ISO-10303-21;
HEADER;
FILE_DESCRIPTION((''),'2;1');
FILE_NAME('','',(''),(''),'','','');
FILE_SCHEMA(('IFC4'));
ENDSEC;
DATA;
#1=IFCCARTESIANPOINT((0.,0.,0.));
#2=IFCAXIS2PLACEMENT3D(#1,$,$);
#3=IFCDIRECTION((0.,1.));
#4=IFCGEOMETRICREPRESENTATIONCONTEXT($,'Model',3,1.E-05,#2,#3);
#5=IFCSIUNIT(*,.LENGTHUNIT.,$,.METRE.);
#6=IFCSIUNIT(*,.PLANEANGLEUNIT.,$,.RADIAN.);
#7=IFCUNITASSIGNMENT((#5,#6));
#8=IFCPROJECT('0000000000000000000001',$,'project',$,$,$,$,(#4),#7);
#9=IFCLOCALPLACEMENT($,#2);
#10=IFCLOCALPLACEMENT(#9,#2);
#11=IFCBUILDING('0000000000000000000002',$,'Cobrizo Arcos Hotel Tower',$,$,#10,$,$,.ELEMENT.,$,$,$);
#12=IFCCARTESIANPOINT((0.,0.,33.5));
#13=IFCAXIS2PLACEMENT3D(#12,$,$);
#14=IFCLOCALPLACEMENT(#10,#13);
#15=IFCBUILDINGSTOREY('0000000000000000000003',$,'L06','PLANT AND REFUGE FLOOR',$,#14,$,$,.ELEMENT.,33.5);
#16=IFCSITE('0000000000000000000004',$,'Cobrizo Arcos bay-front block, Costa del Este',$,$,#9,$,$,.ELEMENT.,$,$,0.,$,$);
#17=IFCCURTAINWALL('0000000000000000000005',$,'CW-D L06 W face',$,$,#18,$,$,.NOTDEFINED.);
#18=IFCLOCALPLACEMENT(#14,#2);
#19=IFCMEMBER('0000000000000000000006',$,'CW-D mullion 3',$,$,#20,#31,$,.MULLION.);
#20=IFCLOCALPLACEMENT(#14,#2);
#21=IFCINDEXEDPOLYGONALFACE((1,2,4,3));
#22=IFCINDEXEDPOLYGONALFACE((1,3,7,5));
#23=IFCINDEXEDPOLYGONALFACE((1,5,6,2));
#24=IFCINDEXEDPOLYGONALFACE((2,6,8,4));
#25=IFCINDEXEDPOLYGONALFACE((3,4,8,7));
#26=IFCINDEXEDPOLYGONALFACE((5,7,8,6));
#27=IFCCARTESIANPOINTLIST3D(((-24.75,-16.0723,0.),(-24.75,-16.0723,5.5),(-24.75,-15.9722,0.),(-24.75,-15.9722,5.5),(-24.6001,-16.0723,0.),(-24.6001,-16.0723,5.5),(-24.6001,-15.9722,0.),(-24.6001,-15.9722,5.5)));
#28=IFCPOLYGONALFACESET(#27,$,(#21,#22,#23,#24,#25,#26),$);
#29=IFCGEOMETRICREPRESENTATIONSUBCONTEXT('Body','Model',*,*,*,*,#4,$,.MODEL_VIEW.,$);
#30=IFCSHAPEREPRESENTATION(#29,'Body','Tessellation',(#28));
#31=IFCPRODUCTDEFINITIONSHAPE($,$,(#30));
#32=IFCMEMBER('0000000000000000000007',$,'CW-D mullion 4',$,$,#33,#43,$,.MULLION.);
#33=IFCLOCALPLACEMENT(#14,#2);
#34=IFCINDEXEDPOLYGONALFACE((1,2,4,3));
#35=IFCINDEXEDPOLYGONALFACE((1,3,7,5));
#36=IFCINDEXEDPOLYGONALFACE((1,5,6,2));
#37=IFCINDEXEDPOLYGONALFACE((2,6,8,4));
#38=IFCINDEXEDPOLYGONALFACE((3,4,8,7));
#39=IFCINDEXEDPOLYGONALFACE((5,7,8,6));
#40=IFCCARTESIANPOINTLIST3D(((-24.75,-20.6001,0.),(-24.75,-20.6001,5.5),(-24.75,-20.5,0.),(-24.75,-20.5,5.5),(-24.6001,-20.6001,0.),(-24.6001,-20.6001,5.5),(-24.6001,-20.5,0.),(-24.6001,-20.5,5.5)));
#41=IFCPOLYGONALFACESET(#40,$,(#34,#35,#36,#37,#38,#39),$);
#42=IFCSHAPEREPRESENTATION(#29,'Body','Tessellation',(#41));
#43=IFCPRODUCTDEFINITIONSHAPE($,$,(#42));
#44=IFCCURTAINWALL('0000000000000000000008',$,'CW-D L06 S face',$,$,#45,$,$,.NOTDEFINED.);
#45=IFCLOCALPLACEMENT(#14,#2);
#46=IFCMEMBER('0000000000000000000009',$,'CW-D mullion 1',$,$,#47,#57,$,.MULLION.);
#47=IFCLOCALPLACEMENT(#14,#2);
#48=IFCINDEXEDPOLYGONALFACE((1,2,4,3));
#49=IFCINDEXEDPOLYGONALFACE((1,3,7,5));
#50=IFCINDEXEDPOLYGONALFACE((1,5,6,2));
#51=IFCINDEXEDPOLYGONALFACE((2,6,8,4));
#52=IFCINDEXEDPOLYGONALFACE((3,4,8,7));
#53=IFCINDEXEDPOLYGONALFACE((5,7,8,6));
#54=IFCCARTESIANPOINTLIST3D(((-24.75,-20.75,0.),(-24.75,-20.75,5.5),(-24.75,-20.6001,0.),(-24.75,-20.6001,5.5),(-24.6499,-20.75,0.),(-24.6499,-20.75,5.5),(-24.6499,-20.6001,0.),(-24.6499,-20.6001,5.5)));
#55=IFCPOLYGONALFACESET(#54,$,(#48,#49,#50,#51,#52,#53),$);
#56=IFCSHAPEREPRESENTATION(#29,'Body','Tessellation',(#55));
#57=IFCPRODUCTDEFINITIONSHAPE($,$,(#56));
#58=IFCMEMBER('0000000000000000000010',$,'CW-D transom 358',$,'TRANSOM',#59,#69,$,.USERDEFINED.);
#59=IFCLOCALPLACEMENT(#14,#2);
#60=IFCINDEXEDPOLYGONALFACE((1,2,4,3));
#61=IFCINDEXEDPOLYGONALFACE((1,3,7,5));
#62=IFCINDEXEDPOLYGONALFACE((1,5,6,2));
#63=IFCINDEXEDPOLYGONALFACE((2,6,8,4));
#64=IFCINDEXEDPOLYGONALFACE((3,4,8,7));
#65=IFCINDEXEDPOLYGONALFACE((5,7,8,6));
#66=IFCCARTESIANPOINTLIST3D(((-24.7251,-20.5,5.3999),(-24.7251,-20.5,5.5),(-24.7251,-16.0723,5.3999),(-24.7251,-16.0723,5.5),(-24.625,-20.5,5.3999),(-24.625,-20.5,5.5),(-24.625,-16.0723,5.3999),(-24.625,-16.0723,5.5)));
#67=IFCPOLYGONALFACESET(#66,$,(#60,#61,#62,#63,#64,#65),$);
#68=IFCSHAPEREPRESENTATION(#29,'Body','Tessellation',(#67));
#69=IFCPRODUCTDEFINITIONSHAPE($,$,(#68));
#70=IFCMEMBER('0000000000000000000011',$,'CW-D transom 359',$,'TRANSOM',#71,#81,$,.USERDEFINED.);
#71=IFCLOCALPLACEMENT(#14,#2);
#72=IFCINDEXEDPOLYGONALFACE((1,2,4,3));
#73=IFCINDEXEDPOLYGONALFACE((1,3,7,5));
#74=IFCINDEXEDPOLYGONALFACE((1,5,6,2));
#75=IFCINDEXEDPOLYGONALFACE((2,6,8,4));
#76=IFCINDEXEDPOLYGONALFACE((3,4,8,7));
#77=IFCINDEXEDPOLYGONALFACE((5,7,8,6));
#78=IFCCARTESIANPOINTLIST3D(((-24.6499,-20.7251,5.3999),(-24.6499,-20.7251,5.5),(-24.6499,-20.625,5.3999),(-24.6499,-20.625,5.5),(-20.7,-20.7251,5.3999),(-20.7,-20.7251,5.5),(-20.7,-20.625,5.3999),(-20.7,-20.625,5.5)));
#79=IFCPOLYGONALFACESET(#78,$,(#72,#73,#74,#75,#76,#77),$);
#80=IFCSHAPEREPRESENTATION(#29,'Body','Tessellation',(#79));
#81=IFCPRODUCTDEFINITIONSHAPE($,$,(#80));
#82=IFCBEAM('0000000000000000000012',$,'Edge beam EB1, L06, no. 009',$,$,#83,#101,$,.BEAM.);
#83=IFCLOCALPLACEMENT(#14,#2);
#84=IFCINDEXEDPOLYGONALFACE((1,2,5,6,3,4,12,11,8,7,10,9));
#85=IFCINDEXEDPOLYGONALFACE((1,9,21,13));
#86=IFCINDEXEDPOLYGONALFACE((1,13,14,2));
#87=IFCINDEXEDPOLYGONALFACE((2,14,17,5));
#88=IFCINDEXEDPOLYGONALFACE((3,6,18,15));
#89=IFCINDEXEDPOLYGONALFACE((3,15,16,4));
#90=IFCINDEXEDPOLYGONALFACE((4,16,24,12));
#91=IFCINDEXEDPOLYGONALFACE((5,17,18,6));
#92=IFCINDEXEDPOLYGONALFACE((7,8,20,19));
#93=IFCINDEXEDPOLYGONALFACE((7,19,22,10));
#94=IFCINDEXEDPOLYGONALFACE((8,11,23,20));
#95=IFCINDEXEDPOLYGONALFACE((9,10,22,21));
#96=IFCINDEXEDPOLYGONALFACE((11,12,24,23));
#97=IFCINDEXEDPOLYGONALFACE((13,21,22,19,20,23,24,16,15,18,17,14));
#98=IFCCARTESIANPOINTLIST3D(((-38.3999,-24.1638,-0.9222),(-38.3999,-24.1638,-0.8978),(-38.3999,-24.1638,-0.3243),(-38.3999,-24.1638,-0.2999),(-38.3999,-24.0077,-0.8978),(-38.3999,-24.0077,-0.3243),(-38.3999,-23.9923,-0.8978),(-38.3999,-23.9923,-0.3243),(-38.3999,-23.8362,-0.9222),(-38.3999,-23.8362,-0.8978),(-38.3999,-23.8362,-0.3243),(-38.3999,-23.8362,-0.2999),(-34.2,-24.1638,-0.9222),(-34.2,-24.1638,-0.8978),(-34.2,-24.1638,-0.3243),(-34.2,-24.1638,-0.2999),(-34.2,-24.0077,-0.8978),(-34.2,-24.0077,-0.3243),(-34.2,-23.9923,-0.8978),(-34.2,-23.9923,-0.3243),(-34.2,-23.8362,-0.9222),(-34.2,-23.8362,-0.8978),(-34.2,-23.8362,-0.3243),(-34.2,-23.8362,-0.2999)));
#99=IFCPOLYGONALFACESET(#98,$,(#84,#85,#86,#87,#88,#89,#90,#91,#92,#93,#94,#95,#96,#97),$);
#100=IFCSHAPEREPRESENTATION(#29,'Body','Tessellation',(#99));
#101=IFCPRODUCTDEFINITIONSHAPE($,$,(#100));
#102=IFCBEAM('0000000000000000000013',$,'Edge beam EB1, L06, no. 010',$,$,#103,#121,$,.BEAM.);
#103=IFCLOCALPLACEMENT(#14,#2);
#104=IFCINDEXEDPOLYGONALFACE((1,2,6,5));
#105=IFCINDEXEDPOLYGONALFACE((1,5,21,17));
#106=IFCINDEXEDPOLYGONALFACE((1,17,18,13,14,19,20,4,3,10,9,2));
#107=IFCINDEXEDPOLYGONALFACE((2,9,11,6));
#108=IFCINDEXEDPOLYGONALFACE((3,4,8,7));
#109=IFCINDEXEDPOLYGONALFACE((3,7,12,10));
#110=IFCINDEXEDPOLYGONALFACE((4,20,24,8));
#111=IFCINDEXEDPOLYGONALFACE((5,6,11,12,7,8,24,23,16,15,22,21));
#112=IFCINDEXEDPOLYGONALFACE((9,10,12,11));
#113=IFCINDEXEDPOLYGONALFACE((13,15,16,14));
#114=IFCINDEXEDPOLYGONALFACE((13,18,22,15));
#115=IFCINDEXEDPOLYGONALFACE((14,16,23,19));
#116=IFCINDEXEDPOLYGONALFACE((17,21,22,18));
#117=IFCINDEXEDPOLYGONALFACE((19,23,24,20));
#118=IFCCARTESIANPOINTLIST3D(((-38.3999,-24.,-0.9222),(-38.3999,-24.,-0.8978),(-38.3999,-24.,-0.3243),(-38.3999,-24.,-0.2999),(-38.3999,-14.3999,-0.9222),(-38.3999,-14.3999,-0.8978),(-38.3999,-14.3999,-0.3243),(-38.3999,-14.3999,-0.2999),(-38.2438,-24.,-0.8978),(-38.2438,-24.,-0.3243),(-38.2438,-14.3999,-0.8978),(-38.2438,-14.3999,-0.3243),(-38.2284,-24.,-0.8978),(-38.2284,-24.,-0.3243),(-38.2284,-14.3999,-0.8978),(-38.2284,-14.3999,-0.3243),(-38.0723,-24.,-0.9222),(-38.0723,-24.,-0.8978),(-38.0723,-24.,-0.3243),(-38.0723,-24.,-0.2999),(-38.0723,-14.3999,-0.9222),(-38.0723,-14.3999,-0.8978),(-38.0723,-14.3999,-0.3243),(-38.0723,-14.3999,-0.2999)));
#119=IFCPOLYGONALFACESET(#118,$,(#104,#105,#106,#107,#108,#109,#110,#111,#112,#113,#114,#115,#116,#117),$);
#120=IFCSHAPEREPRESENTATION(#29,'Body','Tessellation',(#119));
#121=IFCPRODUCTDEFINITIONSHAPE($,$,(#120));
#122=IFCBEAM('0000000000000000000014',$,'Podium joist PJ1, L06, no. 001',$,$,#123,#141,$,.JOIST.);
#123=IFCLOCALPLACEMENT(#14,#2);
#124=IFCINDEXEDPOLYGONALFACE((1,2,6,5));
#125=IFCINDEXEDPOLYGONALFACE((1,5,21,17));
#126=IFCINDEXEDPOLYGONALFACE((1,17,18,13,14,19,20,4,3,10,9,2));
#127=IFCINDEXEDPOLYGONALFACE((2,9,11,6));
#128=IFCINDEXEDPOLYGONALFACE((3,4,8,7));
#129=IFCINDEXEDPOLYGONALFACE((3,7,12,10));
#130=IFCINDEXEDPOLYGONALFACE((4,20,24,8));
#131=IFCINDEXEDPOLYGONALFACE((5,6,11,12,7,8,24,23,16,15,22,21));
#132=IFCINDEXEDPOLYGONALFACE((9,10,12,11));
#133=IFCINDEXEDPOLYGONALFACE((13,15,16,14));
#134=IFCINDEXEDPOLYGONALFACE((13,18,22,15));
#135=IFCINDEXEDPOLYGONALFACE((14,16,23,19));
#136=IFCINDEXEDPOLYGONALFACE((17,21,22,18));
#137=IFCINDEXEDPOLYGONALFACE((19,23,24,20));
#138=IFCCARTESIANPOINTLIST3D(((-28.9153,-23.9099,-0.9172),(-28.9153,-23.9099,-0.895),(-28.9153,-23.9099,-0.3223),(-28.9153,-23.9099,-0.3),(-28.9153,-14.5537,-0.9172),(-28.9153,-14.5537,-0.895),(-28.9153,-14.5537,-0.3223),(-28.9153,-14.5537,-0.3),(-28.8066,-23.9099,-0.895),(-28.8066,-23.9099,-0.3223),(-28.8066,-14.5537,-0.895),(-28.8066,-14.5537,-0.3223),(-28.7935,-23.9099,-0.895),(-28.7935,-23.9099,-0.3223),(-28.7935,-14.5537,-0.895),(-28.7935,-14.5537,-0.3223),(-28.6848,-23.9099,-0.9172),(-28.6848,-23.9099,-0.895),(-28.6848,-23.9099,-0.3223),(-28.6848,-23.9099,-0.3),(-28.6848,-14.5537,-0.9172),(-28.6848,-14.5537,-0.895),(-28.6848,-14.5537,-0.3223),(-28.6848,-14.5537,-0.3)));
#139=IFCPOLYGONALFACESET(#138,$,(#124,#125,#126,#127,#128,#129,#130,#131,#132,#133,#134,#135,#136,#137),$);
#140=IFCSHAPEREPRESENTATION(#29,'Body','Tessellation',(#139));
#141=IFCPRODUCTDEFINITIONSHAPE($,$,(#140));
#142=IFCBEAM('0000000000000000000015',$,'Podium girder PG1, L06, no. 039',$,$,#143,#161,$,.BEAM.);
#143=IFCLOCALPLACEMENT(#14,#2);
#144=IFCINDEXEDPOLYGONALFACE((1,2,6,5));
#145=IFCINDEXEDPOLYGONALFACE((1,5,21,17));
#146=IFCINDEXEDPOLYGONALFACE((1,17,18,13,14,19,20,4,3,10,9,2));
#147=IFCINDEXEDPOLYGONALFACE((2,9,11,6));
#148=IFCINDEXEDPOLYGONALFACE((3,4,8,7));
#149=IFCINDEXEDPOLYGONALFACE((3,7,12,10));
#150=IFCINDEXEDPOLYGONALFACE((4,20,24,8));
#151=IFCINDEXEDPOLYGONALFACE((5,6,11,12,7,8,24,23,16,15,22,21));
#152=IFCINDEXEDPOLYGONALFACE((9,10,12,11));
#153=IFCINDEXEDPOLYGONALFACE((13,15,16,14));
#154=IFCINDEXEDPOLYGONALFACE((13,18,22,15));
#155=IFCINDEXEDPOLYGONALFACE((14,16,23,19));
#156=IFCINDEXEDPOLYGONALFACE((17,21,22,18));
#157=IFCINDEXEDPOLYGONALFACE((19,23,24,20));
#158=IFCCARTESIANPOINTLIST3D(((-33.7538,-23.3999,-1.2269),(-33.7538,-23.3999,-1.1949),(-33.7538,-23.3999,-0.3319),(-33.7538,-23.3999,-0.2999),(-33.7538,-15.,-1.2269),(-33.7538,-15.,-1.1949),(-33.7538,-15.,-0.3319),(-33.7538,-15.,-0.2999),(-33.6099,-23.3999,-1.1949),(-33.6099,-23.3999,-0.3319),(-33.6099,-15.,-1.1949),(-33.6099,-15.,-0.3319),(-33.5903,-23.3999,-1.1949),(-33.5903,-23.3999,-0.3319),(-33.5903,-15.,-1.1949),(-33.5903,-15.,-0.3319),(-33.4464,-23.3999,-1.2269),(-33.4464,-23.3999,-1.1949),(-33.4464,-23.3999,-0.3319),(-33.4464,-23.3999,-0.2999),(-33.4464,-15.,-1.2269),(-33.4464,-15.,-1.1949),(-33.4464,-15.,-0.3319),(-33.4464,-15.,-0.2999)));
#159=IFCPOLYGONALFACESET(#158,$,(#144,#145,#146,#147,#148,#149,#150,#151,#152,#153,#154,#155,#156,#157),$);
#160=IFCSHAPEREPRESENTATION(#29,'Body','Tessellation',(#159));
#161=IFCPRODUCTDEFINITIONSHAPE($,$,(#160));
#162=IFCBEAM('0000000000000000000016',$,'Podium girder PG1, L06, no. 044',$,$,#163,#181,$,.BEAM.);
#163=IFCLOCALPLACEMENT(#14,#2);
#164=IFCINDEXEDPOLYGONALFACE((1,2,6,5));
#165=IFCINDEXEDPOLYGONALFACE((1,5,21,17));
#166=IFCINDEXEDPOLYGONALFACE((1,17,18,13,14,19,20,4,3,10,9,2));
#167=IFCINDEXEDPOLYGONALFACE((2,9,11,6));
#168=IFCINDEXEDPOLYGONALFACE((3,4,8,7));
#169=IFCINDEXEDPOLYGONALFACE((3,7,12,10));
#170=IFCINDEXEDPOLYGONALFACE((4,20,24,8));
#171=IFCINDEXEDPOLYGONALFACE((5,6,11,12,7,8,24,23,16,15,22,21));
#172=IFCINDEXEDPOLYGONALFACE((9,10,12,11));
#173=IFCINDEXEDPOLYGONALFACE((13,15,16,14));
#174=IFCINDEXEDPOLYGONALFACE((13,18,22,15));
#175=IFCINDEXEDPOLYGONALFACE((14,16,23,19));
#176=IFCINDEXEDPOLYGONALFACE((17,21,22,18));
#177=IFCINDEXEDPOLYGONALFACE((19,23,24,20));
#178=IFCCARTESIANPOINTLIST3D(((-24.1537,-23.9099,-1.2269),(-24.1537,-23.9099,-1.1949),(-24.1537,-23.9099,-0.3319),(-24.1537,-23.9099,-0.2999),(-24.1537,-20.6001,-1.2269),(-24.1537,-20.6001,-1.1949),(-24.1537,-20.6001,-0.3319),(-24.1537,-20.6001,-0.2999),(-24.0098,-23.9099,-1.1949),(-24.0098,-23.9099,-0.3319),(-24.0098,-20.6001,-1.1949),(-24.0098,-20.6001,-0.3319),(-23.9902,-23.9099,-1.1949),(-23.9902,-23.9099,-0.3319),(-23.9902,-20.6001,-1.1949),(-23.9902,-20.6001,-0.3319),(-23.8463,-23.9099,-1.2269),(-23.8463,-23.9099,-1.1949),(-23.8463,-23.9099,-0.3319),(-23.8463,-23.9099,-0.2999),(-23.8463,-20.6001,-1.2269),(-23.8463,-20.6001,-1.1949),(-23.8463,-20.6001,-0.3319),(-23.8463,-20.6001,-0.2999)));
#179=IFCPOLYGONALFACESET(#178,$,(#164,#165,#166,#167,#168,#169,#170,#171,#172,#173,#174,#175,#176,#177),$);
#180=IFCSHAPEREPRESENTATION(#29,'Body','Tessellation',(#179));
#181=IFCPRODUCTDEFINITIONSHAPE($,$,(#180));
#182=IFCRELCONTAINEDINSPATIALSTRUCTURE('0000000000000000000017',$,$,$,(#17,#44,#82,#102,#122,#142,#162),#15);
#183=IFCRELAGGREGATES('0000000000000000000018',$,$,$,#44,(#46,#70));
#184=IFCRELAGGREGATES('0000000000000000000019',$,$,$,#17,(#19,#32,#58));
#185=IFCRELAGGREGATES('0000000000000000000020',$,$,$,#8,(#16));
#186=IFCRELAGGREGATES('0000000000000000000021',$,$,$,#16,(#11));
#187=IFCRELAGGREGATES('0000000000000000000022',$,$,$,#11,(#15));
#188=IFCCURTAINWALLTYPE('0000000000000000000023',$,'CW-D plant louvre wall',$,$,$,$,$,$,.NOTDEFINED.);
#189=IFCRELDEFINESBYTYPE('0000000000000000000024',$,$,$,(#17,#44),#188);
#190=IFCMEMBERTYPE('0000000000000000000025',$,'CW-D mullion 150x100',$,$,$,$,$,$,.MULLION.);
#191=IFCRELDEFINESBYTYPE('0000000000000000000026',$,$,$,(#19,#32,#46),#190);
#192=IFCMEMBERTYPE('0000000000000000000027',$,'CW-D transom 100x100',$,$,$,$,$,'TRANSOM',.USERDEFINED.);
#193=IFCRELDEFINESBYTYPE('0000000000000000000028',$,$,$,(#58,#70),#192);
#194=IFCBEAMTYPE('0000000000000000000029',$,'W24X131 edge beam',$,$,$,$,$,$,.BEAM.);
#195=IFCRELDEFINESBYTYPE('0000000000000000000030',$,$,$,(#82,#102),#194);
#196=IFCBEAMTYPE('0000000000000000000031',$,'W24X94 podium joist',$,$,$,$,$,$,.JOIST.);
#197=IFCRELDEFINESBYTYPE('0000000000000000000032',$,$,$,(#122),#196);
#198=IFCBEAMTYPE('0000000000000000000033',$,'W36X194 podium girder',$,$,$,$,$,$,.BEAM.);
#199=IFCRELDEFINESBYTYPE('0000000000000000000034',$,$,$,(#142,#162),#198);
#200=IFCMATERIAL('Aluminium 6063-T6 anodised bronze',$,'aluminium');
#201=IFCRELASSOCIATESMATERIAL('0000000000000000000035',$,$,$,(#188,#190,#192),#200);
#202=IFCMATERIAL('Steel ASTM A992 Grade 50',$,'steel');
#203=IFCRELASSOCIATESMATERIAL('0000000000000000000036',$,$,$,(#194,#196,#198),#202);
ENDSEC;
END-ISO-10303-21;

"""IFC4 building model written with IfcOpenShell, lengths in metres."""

from ifc_helpers import new_model, si_unit, direction, frame, origin, origin_2d, place, context, subcontext, project, spatial, rectangle, i_section, extrude, material, material_profile, profile_set, type_object, element, aggregate, save


model = new_model("IFC4")

# Units and contexts
model_context = context("Model", 3, precision=1e-05, world=origin(), true_north=direction((0.0, 1.0)))
body_context = subcontext(model_context, "Body", "Model", "MODEL_VIEW")
ifc_project = project(units=[si_unit("LENGTHUNIT", "METRE"), si_unit("PLANEANGLEUNIT", "RADIAN")], contexts=[model_context])

# Site, building, storey
site_placement = place(None, origin())
site = spatial("IfcSite", under=ifc_project, at=site_placement, Name="Cobrizo Arcos bay-front block, Costa del Este", CompositionType="ELEMENT", RefElevation=0.0)
building_placement = place(site_placement, origin())
building = spatial("IfcBuilding", under=site, at=building_placement, Name="Cobrizo Arcos Hotel Tower", CompositionType="ELEMENT")
storey_placement = place(building_placement, frame((0.0, 0.0, 33.5)))
storey = spatial("IfcBuildingStorey", under=building, at=storey_placement, Name="L06", Description="PLANT AND REFUGE FLOOR", CompositionType="ELEMENT", Elevation=33.5)

# Curtain wall, members
ifc_material_1 = material(Name="Aluminium 6063-T6 anodised bronze", Category="aluminium")
curtain_wall_type = type_object("IfcCurtainWallType", Name="CW-D plant louvre wall", PredefinedType="NOTDEFINED", material=ifc_material_1)
curtain_wall_1_placement = place(storey_placement, origin())
curtain_wall_1 = element("IfcCurtainWall", 1, at=curtain_wall_1_placement, inside=storey, type_object=curtain_wall_type, Name="CW-D L06 W face", PredefinedType="NOTDEFINED")
ifc_material_profile_1 = material_profile(ifc_material_1, rectangle(XDim=0.1499, YDim=0.1001, at=origin_2d()), Name="CW-D mullion 150x100")
ifc_profile_set_1 = profile_set([ifc_material_profile_1], Name="Aluminium 6063-T6 anodised bronze")
member_type_1 = type_object("IfcMemberType", Name="CW-D mullion 150x100", PredefinedType="MULLION", material=ifc_profile_set_1)
member_1_placement = place(storey_placement, frame((-24.675, -16.0222, 0.0), z_axis=(0.0, 0.0, 1.0), x_axis=(-1.0, 0.0, 0.0)))
member_1 = element("IfcMember", 2, at=member_1_placement, type_object=member_type_1, Name="CW-D mullion 3", PredefinedType="MULLION", context=body_context, shape_type="SweptSolid", body=[
    extrude(rectangle(XDim=0.1499, YDim=0.1001, at=origin_2d()), origin(), (0.0, 0.0, 1.0), 5.5),
])
member_2_placement = place(storey_placement, frame((-24.675, -20.55, 0.0), z_axis=(0.0, 0.0, 1.0), x_axis=(-1.0, 0.0, 0.0)))
member_2 = element("IfcMember", 3, at=member_2_placement, type_object=member_type_1, Name="CW-D mullion 4", PredefinedType="MULLION", context=body_context, shape_type="SweptSolid", body=[
    extrude(rectangle(XDim=0.1499, YDim=0.1001, at=origin_2d()), origin(), (0.0, 0.0, 1.0), 5.5),
])

# Curtain wall, member
curtain_wall_2_placement = place(storey_placement, origin())
curtain_wall_2 = element("IfcCurtainWall", 4, at=curtain_wall_2_placement, inside=storey, type_object=curtain_wall_type, Name="CW-D L06 S face", PredefinedType="NOTDEFINED")
member_3_placement = place(storey_placement, frame((-24.7, -20.675, 0.0), z_axis=(0.0, 0.0, 1.0), x_axis=(0.0, -1.0, 0.0)))
member_3 = element("IfcMember", 5, at=member_3_placement, type_object=member_type_1, Name="CW-D mullion 1", PredefinedType="MULLION", context=body_context, shape_type="SweptSolid", body=[
    extrude(rectangle(XDim=0.1499, YDim=0.1001, at=origin_2d()), origin(), (0.0, 0.0, 1.0), 5.5),
])

# Members
ifc_material_profile_2 = material_profile(ifc_material_1, rectangle(XDim=0.1001, YDim=0.1001, at=origin_2d()), Name="CW-D transom 100x100")
ifc_profile_set_2 = profile_set([ifc_material_profile_2], Name="Aluminium 6063-T6 anodised bronze")
member_type_2 = type_object("IfcMemberType", Name="CW-D transom 100x100", ElementType="TRANSOM", PredefinedType="USERDEFINED", material=ifc_profile_set_2)
member_4_placement = place(storey_placement, frame((-24.675, -16.0723, 5.45), z_axis=(0.0, -1.0, 0.0), x_axis=(1.0, 0.0, 0.0)))
member_4 = element("IfcMember", 6, at=member_4_placement, type_object=member_type_2, Name="CW-D transom 358", ObjectType="TRANSOM", PredefinedType="USERDEFINED", context=body_context, shape_type="SweptSolid", body=[
    extrude(rectangle(XDim=0.1001, YDim=0.1001, at=origin_2d()), origin(), (0.0, 0.0, 1.0), 4.4277),
])
member_5_placement = place(storey_placement, frame((-24.6499, -20.675, 5.45), z_axis=(1.0, 0.0, 0.0), x_axis=(0.0, 1.0, 0.0)))
member_5 = element("IfcMember", 7, at=member_5_placement, type_object=member_type_2, Name="CW-D transom 359", ObjectType="TRANSOM", PredefinedType="USERDEFINED", context=body_context, shape_type="SweptSolid", body=[
    extrude(rectangle(XDim=0.1001, YDim=0.1001, at=origin_2d()), origin(), (0.0, 0.0, 1.0), 3.95),
])
aggregate(curtain_wall_2, [member_3, member_5])

# Beams
ifc_material_2 = material(Name="Steel ASTM A992 Grade 50", Category="steel")
ifc_material_profile_3 = material_profile(ifc_material_2, i_section(OverallWidth=0.3276, OverallDepth=0.6223, WebThickness=0.0154, FlangeThickness=0.0244, at=origin_2d()), Name="W24X131")
ifc_profile_set_3 = profile_set([ifc_material_profile_3], Name="Steel ASTM A992 Grade 50")
beam_type_1 = type_object("IfcBeamType", Name="W24X131 edge beam", PredefinedType="BEAM", material=ifc_profile_set_3)
beam_1_placement = place(storey_placement, frame((-34.2, -24.0, -0.6111), z_axis=(-1.0, 0.0, 0.0), x_axis=(0.0, -1.0, 0.0)))
element("IfcBeam", 8, at=beam_1_placement, inside=storey, type_object=beam_type_1, Name="Edge beam EB1, L06, no. 009", PredefinedType="BEAM", context=body_context, shape_type="SweptSolid", body=[
    extrude(i_section(OverallWidth=0.3276, OverallDepth=0.6223, WebThickness=0.0154, FlangeThickness=0.0244, at=origin_2d()), origin(), (0.0, 0.0, 1.0), 4.2),
])
beam_2_placement = place(storey_placement, frame((-38.2361, -24.0, -0.6111), z_axis=(0.0, 1.0, 0.0), x_axis=(-1.0, 0.0, 0.0)))
element("IfcBeam", 9, at=beam_2_placement, inside=storey, type_object=beam_type_1, Name="Edge beam EB1, L06, no. 010", PredefinedType="BEAM", context=body_context, shape_type="SweptSolid", body=[
    extrude(i_section(OverallWidth=0.3276, OverallDepth=0.6223, WebThickness=0.0154, FlangeThickness=0.0244, at=origin_2d()), origin(), (0.0, 0.0, 1.0), 9.6001),
])
ifc_material_profile_4 = material_profile(ifc_material_2, i_section(OverallWidth=0.2305, OverallDepth=0.6172, WebThickness=0.0132, FlangeThickness=0.0222, at=origin_2d()), Name="W24X94")
ifc_profile_set_4 = profile_set([ifc_material_profile_4], Name="Steel ASTM A992 Grade 50")
beam_type_2 = type_object("IfcBeamType", Name="W24X94 podium joist", PredefinedType="JOIST", material=ifc_profile_set_4)
beam_3_placement = place(storey_placement, frame((-28.8, -23.9099, -0.6086), z_axis=(0.0, 1.0, 0.0), x_axis=(-1.0, 0.0, 0.0)))
element("IfcBeam", 10, at=beam_3_placement, inside=storey, type_object=beam_type_2, Name="Podium joist PJ1, L06, no. 001", PredefinedType="JOIST", context=body_context, shape_type="SweptSolid", body=[
    extrude(i_section(OverallWidth=0.2305, OverallDepth=0.6172, WebThickness=0.0132, FlangeThickness=0.0222, at=origin_2d()), origin(), (0.0, 0.0, 1.0), 9.3562),
])
ifc_material_profile_5 = material_profile(ifc_material_2, i_section(OverallWidth=0.3074, OverallDepth=0.927, WebThickness=0.0195, FlangeThickness=0.032, at=origin_2d()), Name="W36X194")
ifc_profile_set_5 = profile_set([ifc_material_profile_5], Name="Steel ASTM A992 Grade 50")
beam_type_3 = type_object("IfcBeamType", Name="W36X194 podium girder", PredefinedType="BEAM", material=ifc_profile_set_5)
beam_4_placement = place(storey_placement, frame((-33.6001, -23.3999, -0.7634), z_axis=(0.0, 1.0, 0.0), x_axis=(-1.0, 0.0, 0.0)))
element("IfcBeam", 11, at=beam_4_placement, inside=storey, type_object=beam_type_3, Name="Podium girder PG1, L06, no. 039", PredefinedType="BEAM", context=body_context, shape_type="SweptSolid", body=[
    extrude(i_section(OverallWidth=0.3074, OverallDepth=0.927, WebThickness=0.0195, FlangeThickness=0.032, at=origin_2d()), origin(), (0.0, 0.0, 1.0), 8.3999),
])
beam_5_placement = place(storey_placement, frame((-24.0, -23.9099, -0.7634), z_axis=(0.0, 1.0, 0.0), x_axis=(-1.0, 0.0, 0.0)))
element("IfcBeam", 12, at=beam_5_placement, inside=storey, type_object=beam_type_3, Name="Podium girder PG1, L06, no. 044", PredefinedType="BEAM", context=body_context, shape_type="SweptSolid", body=[
    extrude(i_section(OverallWidth=0.3074, OverallDepth=0.927, WebThickness=0.0195, FlangeThickness=0.032, at=origin_2d()), origin(), (0.0, 0.0, 1.0), 3.3098),
])

aggregate(curtain_wall_1, [member_1, member_2, member_4])

save(model, "model.ifc")
